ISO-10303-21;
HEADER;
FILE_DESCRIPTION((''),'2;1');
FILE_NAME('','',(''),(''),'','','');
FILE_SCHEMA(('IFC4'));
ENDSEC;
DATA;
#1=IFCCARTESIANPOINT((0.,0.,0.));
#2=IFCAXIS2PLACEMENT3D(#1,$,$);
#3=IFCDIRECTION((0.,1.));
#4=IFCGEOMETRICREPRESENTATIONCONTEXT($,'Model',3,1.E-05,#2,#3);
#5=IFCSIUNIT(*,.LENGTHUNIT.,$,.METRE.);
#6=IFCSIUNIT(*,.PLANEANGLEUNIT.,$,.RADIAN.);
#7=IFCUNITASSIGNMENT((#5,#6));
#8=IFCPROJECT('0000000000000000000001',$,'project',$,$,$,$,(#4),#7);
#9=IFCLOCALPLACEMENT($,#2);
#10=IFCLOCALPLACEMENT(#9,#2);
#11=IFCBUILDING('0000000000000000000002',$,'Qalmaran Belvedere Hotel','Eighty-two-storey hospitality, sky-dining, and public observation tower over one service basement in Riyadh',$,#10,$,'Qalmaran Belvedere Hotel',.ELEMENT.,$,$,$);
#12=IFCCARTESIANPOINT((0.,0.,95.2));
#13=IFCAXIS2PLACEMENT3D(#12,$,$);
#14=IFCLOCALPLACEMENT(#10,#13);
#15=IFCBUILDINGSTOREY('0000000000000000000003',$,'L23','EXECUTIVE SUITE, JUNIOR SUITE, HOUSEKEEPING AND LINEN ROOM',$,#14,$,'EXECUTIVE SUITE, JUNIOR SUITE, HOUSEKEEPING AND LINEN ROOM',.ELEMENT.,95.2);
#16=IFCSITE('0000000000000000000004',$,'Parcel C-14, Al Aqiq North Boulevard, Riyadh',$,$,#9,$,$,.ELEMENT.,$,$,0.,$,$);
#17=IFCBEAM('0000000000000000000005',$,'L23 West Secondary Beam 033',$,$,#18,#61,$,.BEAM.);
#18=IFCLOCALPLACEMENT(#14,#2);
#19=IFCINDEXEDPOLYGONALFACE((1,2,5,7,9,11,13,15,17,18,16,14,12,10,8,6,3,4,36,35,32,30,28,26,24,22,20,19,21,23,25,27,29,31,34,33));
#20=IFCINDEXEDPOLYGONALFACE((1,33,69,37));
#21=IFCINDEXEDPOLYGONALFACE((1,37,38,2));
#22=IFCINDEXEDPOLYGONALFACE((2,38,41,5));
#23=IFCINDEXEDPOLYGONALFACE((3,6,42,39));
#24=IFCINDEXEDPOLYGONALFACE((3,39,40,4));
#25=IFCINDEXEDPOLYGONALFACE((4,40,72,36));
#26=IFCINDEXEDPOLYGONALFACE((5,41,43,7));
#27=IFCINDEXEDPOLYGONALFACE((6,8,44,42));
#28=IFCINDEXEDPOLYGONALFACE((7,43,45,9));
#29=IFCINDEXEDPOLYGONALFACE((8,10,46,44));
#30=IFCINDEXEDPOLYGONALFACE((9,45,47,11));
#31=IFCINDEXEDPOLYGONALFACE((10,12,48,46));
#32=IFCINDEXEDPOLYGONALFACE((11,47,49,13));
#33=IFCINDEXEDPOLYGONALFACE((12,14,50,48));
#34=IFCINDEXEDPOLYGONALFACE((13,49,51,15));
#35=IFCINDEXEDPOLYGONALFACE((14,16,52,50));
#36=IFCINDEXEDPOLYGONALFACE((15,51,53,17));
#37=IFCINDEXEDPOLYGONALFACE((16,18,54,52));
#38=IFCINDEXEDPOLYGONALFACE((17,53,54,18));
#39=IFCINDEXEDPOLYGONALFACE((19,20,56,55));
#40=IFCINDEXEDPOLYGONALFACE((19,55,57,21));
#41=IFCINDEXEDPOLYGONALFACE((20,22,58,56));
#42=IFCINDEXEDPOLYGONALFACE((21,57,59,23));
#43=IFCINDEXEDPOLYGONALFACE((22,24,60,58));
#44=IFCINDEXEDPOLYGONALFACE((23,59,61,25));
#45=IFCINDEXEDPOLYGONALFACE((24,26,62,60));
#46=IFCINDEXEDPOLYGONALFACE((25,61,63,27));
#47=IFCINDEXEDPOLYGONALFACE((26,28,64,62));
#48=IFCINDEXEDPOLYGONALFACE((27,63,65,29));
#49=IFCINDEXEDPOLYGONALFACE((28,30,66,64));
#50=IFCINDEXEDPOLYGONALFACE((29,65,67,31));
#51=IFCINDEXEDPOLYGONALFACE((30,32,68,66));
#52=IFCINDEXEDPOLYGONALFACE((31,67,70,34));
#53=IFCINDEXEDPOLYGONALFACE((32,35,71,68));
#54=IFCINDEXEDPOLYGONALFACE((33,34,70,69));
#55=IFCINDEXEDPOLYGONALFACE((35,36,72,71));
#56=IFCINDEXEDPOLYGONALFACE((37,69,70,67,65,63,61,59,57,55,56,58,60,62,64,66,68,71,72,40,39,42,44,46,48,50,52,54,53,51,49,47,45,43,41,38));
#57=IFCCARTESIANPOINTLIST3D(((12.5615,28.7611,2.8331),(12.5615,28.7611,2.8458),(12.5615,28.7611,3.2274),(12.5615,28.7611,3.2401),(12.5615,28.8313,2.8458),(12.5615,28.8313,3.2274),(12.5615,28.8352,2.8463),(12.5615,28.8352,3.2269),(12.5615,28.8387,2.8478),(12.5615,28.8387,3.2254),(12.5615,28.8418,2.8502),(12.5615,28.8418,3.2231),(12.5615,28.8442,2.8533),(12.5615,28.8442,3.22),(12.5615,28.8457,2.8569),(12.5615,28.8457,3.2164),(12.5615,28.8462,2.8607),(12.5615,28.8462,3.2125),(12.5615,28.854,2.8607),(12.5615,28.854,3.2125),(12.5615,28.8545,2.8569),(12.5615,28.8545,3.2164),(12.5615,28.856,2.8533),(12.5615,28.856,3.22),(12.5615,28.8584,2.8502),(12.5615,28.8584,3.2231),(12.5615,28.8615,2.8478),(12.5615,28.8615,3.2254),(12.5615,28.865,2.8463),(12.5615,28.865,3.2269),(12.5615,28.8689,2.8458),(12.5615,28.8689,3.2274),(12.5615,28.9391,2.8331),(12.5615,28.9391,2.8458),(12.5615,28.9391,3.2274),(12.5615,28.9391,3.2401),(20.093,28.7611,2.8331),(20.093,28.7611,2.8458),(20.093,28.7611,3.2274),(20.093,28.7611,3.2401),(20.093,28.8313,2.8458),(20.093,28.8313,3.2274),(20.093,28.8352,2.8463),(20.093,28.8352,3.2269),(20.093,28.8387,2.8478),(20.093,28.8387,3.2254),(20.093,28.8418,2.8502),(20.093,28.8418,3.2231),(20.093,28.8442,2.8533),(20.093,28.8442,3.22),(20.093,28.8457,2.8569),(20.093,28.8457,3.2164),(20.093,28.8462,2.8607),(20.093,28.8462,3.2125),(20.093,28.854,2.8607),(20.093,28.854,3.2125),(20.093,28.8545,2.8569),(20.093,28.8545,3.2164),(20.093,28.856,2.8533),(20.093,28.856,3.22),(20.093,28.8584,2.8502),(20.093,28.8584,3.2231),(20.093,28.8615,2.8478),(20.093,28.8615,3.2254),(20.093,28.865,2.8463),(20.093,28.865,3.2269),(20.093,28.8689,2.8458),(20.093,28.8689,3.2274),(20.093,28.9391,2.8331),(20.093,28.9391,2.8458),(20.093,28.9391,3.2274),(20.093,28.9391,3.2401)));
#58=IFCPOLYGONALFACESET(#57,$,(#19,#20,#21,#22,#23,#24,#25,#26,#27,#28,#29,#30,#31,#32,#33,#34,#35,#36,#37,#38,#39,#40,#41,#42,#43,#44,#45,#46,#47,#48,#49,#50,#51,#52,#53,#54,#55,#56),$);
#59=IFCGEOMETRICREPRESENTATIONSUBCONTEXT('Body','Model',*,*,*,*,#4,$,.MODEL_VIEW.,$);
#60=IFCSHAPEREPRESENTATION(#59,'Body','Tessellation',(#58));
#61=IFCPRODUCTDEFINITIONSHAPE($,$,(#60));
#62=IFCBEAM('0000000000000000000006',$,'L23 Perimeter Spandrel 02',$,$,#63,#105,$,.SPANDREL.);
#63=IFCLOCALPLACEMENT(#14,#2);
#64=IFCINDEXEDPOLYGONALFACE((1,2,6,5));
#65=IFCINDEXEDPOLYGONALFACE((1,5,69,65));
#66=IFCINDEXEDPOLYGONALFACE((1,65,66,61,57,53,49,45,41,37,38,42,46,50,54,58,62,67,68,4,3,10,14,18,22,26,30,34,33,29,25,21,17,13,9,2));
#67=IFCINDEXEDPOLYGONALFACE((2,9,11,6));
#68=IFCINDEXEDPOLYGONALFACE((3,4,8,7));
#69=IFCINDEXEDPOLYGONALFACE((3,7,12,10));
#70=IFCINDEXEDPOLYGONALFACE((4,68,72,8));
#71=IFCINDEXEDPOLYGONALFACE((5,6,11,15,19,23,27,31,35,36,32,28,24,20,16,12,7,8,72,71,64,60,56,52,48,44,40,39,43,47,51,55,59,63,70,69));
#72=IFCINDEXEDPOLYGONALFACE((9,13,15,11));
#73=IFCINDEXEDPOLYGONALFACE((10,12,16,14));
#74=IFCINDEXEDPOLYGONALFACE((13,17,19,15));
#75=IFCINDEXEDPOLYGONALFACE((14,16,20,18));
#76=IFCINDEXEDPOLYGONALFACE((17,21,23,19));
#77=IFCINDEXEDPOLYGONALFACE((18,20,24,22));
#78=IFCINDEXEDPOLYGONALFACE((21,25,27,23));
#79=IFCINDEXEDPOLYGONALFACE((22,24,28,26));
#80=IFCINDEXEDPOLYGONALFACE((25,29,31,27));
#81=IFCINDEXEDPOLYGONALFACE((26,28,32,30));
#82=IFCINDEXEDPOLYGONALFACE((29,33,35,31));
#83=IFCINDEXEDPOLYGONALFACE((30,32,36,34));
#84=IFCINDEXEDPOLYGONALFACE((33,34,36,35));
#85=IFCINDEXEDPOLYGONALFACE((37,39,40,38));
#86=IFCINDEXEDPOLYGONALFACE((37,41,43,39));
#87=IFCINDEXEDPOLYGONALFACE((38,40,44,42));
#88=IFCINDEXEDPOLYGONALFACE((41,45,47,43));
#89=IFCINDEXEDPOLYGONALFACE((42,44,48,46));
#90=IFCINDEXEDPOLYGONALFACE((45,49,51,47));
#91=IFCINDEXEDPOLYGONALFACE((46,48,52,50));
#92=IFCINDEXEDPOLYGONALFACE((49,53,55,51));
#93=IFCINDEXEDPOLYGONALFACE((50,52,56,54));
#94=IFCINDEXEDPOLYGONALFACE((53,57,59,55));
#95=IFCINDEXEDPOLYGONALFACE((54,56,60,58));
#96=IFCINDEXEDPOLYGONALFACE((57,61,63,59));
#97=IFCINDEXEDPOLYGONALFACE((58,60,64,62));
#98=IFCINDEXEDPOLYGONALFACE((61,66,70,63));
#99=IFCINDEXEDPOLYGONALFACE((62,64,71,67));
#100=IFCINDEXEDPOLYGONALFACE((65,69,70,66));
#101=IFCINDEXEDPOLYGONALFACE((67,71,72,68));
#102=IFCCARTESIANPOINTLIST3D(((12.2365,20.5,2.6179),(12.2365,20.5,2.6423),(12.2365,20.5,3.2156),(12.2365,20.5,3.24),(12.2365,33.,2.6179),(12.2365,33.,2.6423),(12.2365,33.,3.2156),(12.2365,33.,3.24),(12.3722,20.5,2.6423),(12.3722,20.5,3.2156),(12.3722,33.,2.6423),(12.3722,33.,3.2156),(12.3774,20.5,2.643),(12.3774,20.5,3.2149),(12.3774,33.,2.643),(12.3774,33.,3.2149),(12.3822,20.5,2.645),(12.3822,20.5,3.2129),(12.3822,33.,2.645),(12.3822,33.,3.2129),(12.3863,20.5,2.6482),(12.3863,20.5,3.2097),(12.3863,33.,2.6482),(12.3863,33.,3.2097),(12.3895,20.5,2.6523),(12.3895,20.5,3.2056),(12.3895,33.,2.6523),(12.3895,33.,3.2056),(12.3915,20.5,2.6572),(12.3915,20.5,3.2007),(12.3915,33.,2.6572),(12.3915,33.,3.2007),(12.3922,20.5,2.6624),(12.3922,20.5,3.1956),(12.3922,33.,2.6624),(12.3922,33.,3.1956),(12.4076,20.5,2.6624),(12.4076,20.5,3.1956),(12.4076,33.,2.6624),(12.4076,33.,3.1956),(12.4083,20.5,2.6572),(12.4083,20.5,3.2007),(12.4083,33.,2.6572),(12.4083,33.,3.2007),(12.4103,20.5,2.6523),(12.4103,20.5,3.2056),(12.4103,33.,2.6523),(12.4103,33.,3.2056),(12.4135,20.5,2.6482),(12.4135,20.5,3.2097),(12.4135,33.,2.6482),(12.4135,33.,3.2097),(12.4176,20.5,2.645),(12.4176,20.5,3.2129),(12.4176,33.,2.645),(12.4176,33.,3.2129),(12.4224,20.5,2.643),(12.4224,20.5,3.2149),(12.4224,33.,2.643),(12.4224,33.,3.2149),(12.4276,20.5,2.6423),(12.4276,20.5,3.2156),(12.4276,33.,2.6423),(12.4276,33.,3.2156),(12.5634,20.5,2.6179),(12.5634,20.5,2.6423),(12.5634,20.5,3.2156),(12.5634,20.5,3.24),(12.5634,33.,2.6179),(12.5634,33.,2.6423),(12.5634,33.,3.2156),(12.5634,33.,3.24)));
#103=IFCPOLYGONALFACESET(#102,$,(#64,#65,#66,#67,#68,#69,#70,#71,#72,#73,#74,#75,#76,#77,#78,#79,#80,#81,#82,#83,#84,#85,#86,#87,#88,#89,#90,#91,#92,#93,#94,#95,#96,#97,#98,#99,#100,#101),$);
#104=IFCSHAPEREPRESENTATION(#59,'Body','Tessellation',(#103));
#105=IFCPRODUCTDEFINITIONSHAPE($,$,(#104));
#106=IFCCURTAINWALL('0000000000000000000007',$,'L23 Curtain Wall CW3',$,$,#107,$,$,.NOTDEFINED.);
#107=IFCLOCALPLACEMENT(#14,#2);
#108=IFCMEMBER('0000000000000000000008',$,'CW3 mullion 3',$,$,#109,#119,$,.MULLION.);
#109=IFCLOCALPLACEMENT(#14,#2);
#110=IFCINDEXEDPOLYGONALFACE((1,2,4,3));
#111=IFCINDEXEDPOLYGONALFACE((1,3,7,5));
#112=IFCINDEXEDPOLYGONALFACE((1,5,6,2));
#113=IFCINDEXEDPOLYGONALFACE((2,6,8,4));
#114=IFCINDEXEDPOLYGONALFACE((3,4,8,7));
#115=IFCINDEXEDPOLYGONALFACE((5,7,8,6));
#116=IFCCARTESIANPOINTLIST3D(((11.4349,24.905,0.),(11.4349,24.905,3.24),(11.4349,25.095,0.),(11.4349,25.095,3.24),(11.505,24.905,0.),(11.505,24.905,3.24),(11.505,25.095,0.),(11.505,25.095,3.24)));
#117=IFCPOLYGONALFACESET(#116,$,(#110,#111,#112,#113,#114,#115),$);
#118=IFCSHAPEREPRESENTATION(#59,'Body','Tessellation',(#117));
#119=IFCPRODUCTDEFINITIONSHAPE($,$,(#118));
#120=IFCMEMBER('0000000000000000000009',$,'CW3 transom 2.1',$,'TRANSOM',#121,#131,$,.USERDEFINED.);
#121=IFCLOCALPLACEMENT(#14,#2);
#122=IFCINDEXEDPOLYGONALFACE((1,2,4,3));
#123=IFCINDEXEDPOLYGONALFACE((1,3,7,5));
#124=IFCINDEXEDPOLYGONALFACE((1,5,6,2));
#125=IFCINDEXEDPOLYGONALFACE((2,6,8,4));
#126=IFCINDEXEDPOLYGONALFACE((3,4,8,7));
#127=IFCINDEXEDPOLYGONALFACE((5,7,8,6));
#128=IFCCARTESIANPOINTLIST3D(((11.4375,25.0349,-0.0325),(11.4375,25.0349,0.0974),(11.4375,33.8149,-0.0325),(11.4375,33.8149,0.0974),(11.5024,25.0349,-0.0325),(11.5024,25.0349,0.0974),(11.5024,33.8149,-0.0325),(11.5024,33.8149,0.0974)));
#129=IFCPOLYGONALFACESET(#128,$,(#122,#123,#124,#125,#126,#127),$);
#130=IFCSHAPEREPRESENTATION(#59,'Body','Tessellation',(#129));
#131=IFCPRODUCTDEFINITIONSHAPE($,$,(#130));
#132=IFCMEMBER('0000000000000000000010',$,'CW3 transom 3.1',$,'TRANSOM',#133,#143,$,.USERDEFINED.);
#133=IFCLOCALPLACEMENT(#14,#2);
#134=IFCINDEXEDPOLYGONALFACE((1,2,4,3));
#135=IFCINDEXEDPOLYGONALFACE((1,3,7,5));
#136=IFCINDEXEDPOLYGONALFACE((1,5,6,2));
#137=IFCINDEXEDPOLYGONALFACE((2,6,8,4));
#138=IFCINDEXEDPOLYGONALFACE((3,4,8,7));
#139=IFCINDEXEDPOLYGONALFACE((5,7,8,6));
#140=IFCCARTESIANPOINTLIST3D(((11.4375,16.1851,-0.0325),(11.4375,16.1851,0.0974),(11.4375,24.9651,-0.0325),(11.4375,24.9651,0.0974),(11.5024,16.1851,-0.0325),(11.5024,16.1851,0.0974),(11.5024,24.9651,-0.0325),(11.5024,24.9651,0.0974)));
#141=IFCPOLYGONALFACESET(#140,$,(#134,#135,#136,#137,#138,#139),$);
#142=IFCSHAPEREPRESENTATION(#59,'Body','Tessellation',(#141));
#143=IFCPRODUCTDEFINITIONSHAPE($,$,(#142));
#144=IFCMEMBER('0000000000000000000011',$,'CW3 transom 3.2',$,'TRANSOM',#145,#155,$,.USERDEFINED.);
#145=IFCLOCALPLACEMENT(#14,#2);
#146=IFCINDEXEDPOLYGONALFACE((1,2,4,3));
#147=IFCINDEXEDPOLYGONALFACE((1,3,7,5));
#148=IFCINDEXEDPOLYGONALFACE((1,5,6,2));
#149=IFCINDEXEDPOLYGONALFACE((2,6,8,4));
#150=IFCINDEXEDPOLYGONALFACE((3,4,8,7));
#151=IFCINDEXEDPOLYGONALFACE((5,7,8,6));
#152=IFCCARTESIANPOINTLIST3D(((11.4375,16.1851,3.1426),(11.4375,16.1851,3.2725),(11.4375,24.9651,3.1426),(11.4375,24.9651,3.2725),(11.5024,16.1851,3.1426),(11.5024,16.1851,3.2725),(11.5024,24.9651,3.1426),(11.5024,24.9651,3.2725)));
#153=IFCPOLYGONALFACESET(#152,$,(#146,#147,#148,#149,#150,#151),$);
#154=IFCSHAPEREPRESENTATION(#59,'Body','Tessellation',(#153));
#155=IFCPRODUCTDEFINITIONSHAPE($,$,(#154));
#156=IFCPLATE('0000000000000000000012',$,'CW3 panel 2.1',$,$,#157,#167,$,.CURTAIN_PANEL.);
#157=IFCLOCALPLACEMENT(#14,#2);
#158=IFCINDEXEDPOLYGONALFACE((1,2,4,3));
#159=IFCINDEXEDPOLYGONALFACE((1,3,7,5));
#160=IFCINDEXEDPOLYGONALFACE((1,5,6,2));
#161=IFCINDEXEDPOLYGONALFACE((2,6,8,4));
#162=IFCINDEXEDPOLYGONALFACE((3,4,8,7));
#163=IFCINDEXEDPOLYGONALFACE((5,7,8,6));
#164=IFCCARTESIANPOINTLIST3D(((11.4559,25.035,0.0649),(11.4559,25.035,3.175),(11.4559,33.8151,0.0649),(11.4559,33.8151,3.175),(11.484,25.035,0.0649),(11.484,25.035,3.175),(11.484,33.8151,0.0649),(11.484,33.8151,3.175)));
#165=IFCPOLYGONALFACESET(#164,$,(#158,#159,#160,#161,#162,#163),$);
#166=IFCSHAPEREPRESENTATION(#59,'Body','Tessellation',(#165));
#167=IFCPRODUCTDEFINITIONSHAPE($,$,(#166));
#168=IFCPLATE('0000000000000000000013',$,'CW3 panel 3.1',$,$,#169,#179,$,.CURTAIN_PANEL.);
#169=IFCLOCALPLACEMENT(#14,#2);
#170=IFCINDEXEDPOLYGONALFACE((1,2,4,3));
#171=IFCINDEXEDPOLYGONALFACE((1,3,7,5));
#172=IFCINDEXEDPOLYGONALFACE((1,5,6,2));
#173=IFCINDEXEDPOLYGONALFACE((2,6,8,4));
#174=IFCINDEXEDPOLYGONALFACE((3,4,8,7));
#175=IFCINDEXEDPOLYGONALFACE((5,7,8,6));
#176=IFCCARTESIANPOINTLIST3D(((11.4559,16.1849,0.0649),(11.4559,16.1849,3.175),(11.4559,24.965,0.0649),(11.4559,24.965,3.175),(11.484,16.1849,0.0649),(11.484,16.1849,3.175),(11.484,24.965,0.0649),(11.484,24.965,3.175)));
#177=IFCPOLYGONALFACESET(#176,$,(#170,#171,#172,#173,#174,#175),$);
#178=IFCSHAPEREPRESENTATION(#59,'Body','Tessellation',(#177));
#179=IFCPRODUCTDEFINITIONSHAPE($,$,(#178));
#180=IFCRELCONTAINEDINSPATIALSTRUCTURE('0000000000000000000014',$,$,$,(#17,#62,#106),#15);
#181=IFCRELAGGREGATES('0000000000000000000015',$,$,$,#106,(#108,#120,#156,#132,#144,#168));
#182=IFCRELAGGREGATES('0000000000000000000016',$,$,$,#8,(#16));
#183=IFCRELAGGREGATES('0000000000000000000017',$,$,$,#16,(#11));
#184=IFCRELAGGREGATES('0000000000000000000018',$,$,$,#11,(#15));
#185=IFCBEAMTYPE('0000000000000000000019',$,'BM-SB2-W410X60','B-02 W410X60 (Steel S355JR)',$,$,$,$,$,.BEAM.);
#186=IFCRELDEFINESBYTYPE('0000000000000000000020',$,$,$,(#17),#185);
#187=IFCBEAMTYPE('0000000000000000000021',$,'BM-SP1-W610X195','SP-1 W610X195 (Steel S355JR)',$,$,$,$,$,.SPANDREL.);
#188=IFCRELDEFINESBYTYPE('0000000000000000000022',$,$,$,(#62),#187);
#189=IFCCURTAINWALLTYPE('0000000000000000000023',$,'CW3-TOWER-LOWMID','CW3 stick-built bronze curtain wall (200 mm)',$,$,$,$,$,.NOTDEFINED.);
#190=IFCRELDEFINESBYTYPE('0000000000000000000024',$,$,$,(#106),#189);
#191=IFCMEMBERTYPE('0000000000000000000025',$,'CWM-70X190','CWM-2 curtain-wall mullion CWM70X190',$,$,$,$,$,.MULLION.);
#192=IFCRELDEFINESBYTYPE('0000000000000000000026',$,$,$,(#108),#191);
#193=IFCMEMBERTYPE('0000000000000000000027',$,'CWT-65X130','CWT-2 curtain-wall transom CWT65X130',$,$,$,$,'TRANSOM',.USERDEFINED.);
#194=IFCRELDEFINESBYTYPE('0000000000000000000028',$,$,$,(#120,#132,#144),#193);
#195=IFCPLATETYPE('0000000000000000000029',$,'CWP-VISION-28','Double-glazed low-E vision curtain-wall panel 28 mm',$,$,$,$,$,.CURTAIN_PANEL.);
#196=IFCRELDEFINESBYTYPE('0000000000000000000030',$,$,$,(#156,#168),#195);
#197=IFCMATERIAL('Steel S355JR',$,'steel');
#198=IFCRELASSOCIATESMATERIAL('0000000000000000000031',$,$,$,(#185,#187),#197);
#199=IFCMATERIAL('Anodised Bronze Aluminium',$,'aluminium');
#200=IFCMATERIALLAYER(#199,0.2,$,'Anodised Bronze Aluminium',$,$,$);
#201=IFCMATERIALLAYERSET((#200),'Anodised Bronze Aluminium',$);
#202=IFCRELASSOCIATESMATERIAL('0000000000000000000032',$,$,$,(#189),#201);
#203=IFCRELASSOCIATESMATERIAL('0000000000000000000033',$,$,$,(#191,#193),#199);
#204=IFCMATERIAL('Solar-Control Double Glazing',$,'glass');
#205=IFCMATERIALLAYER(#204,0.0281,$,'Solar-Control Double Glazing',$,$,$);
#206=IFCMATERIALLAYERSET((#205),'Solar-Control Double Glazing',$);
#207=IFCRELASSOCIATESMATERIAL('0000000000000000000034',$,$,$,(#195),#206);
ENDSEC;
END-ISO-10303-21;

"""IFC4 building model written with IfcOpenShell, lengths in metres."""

from ifc_helpers import new_model, si_unit, direction, frame, origin, origin_2d, place, context, subcontext, project, spatial, rectangle, i_section, extrude, material, layer, layer_set, material_profile, profile_set, type_object, element, aggregate, save


model = new_model("IFC4")

# Units and contexts
model_context = context("Model", 3, precision=1e-05, world=origin(), true_north=direction((0.0, 1.0)))
body_context = subcontext(model_context, "Body", "Model", "MODEL_VIEW")
ifc_project = project(units=[si_unit("LENGTHUNIT", "METRE"), si_unit("PLANEANGLEUNIT", "RADIAN")], contexts=[model_context])

# Site, building, storey
site_placement = place(None, origin())
site = spatial("IfcSite", under=ifc_project, at=site_placement, Name="Parcel C-14, Al Aqiq North Boulevard, Riyadh", CompositionType="ELEMENT", RefElevation=0.0)
building_placement = place(site_placement, origin())
building = spatial("IfcBuilding", under=site, at=building_placement, Name="Qalmaran Belvedere Hotel", Description="Eighty-two-storey hospitality, sky-dining, and public observation tower over one service basement in Riyadh", LongName="Qalmaran Belvedere Hotel", CompositionType="ELEMENT")
storey_placement = place(building_placement, frame((0.0, 0.0, 95.2)))
storey = spatial("IfcBuildingStorey", under=building, at=storey_placement, Name="L23", Description="EXECUTIVE SUITE, JUNIOR SUITE, HOUSEKEEPING AND LINEN ROOM", LongName="EXECUTIVE SUITE, JUNIOR SUITE, HOUSEKEEPING AND LINEN ROOM", CompositionType="ELEMENT", Elevation=95.2)

# Beams
ifc_material_1 = material(Name="Steel S355JR", Category="steel")
ifc_material_profile_1 = material_profile(ifc_material_1, i_section(OverallWidth=0.178, OverallDepth=0.407, WebThickness=0.0078, FlangeThickness=0.0127, FilletRadius=0.0149, at=origin_2d()), Name="W410X60")
ifc_profile_set_1 = profile_set([ifc_material_profile_1], Name="Steel S355JR")
beam_type_1 = type_object("IfcBeamType", Name="BM-SB2-W410X60", Description="B-02 W410X60 (Steel S355JR)", PredefinedType="BEAM", material=ifc_profile_set_1)
for number, where, z_axis, x_axis, name in (
    (1, (12.5615, 28.8501, 3.0366), (1.0, 0.0, 0.0), (0.0, 1.0, 0.0), "L23 West Secondary Beam 033"),
):
    element("IfcBeam", number, at=place(storey_placement, frame(where, z_axis=z_axis, x_axis=x_axis)), inside=storey, type_object=beam_type_1, Name=name, PredefinedType="BEAM", context=body_context, shape_type="SweptSolid", body=[
        extrude(i_section(OverallWidth=0.178, OverallDepth=0.407, WebThickness=0.0078, FlangeThickness=0.0127, FilletRadius=0.0149, at=origin_2d()), origin(), (0.0, 0.0, 1.0), 7.5315),
    ])
ifc_material_profile_2 = material_profile(ifc_material_1, i_section(OverallWidth=0.3269, OverallDepth=0.6221, WebThickness=0.0154, FlangeThickness=0.0244, FilletRadius=0.02, at=origin_2d()), Name="W610X195")
ifc_profile_set_2 = profile_set([ifc_material_profile_2], Name="Steel S355JR")
beam_type_2 = type_object("IfcBeamType", Name="BM-SP1-W610X195", Description="SP-1 W610X195 (Steel S355JR)", PredefinedType="SPANDREL", material=ifc_profile_set_2)
beam_placement = place(storey_placement, frame((12.3999, 20.5, 2.929), z_axis=(0.0, 1.0, 0.0), x_axis=(-1.0, 0.0, 0.0)))
element("IfcBeam", 2, at=beam_placement, inside=storey, type_object=beam_type_2, Name="L23 Perimeter Spandrel 02", PredefinedType="SPANDREL", context=body_context, shape_type="SweptSolid", body=[
    extrude(i_section(OverallWidth=0.3269, OverallDepth=0.6221, WebThickness=0.0154, FlangeThickness=0.0244, FilletRadius=0.02, at=origin_2d()), origin(), (0.0, 0.0, 1.0), 12.5),
])

# Curtain wall, members, plates
ifc_material_2 = material(Name="Anodised Bronze Aluminium", Category="aluminium")
ifc_layer_1 = layer(ifc_material_2, 0.2, Name="Anodised Bronze Aluminium")
ifc_layer_set_1 = layer_set([ifc_layer_1], Name="Anodised Bronze Aluminium")
curtain_wall_type = type_object("IfcCurtainWallType", Name="CW3-TOWER-LOWMID", Description="CW3 stick-built bronze curtain wall (200 mm)", PredefinedType="NOTDEFINED", material=ifc_layer_set_1)
curtain_wall_placement = place(storey_placement, origin())
curtain_wall = element("IfcCurtainWall", 3, at=curtain_wall_placement, inside=storey, type_object=curtain_wall_type, Name="L23 Curtain Wall CW3", PredefinedType="NOTDEFINED")
ifc_material_profile_3 = material_profile(ifc_material_2, rectangle(XDim=0.0701, YDim=0.1899, at=origin_2d()), Name="CWM70X190")
ifc_profile_set_3 = profile_set([ifc_material_profile_3], Name="Anodised Bronze Aluminium")
member_type_1 = type_object("IfcMemberType", Name="CWM-70X190", Description="CWM-2 curtain-wall mullion CWM70X190", PredefinedType="MULLION", material=ifc_profile_set_3)
member_1_placement = place(storey_placement, frame((11.47, 25.0, 0.0), z_axis=(0.0, 0.0, 1.0), x_axis=(1.0, 0.0, 0.0)))
member_1 = element("IfcMember", 4, at=member_1_placement, type_object=member_type_1, Name="CW3 mullion 3", PredefinedType="MULLION", context=body_context, shape_type="SweptSolid", body=[
    extrude(rectangle(XDim=0.0701, YDim=0.1899, at=origin_2d()), origin(), (0.0, 0.0, 1.0), 3.24),
])
ifc_material_profile_4 = material_profile(ifc_material_2, rectangle(XDim=0.0649, YDim=0.1299, at=origin_2d()), Name="CWT65X130")
ifc_profile_set_4 = profile_set([ifc_material_profile_4], Name="Anodised Bronze Aluminium")
member_type_2 = type_object("IfcMemberType", Name="CWT-65X130", Description="CWT-2 curtain-wall transom CWT65X130", ElementType="TRANSOM", PredefinedType="USERDEFINED", material=ifc_profile_set_4)
member_2_placement = place(storey_placement, frame((11.47, 33.8149, 0.0325), z_axis=(0.0, -1.0, 0.0), x_axis=(1.0, 0.0, 0.0)))
member_2 = element("IfcMember", 5, at=member_2_placement, type_object=member_type_2, Name="CW3 transom 2.1", ObjectType="TRANSOM", PredefinedType="USERDEFINED", context=body_context, shape_type="SweptSolid", body=[
    extrude(rectangle(XDim=0.0649, YDim=0.1299, at=origin_2d()), origin(), (0.0, 0.0, 1.0), 8.78),
])
member_3_placement = place(storey_placement, frame((11.47, 24.9651, 0.0325), z_axis=(0.0, -1.0, 0.0), x_axis=(1.0, 0.0, 0.0)))
member_3 = element("IfcMember", 6, at=member_3_placement, type_object=member_type_2, Name="CW3 transom 3.1", ObjectType="TRANSOM", PredefinedType="USERDEFINED", context=body_context, shape_type="SweptSolid", body=[
    extrude(rectangle(XDim=0.0649, YDim=0.1299, at=origin_2d()), origin(), (0.0, 0.0, 1.0), 8.78),
])
member_4_placement = place(storey_placement, frame((11.47, 24.9651, 3.2075), z_axis=(0.0, -1.0, 0.0), x_axis=(1.0, 0.0, 0.0)))
member_4 = element("IfcMember", 7, at=member_4_placement, type_object=member_type_2, Name="CW3 transom 3.2", ObjectType="TRANSOM", PredefinedType="USERDEFINED", context=body_context, shape_type="SweptSolid", body=[
    extrude(rectangle(XDim=0.0649, YDim=0.1299, at=origin_2d()), origin(), (0.0, 0.0, 1.0), 8.78),
])
ifc_material_3 = material(Name="Solar-Control Double Glazing", Category="glass")
ifc_layer_2 = layer(ifc_material_3, 0.0281, Name="Solar-Control Double Glazing")
ifc_layer_set_2 = layer_set([ifc_layer_2], Name="Solar-Control Double Glazing")
plate_type = type_object("IfcPlateType", Name="CWP-VISION-28", Description="Double-glazed low-E vision curtain-wall panel 28 mm", PredefinedType="CURTAIN_PANEL", material=ifc_layer_set_2)
plate_1_placement = place(storey_placement, frame((11.47, 29.425, 0.0649), z_axis=(0.0, 0.0, 1.0), x_axis=(0.0, -1.0, 0.0)))
plate_1 = element("IfcPlate", 8, at=plate_1_placement, type_object=plate_type, Name="CW3 panel 2.1", PredefinedType="CURTAIN_PANEL", context=body_context, shape_type="SweptSolid", body=[
    extrude(rectangle(XDim=8.78, YDim=0.0281, at=origin_2d()), origin(), (0.0, 0.0, 1.0), 3.1101),
])
plate_2_placement = place(storey_placement, frame((11.47, 20.575, 0.0649), z_axis=(0.0, 0.0, 1.0), x_axis=(0.0, -1.0, 0.0)))
plate_2 = element("IfcPlate", 9, at=plate_2_placement, type_object=plate_type, Name="CW3 panel 3.1", PredefinedType="CURTAIN_PANEL", context=body_context, shape_type="SweptSolid", body=[
    extrude(rectangle(XDim=8.78, YDim=0.0281, at=origin_2d()), origin(), (0.0, 0.0, 1.0), 3.1101),
])
aggregate(curtain_wall, [member_1, member_2, plate_1, member_3, member_4, plate_2])

save(model, "model.ifc")
